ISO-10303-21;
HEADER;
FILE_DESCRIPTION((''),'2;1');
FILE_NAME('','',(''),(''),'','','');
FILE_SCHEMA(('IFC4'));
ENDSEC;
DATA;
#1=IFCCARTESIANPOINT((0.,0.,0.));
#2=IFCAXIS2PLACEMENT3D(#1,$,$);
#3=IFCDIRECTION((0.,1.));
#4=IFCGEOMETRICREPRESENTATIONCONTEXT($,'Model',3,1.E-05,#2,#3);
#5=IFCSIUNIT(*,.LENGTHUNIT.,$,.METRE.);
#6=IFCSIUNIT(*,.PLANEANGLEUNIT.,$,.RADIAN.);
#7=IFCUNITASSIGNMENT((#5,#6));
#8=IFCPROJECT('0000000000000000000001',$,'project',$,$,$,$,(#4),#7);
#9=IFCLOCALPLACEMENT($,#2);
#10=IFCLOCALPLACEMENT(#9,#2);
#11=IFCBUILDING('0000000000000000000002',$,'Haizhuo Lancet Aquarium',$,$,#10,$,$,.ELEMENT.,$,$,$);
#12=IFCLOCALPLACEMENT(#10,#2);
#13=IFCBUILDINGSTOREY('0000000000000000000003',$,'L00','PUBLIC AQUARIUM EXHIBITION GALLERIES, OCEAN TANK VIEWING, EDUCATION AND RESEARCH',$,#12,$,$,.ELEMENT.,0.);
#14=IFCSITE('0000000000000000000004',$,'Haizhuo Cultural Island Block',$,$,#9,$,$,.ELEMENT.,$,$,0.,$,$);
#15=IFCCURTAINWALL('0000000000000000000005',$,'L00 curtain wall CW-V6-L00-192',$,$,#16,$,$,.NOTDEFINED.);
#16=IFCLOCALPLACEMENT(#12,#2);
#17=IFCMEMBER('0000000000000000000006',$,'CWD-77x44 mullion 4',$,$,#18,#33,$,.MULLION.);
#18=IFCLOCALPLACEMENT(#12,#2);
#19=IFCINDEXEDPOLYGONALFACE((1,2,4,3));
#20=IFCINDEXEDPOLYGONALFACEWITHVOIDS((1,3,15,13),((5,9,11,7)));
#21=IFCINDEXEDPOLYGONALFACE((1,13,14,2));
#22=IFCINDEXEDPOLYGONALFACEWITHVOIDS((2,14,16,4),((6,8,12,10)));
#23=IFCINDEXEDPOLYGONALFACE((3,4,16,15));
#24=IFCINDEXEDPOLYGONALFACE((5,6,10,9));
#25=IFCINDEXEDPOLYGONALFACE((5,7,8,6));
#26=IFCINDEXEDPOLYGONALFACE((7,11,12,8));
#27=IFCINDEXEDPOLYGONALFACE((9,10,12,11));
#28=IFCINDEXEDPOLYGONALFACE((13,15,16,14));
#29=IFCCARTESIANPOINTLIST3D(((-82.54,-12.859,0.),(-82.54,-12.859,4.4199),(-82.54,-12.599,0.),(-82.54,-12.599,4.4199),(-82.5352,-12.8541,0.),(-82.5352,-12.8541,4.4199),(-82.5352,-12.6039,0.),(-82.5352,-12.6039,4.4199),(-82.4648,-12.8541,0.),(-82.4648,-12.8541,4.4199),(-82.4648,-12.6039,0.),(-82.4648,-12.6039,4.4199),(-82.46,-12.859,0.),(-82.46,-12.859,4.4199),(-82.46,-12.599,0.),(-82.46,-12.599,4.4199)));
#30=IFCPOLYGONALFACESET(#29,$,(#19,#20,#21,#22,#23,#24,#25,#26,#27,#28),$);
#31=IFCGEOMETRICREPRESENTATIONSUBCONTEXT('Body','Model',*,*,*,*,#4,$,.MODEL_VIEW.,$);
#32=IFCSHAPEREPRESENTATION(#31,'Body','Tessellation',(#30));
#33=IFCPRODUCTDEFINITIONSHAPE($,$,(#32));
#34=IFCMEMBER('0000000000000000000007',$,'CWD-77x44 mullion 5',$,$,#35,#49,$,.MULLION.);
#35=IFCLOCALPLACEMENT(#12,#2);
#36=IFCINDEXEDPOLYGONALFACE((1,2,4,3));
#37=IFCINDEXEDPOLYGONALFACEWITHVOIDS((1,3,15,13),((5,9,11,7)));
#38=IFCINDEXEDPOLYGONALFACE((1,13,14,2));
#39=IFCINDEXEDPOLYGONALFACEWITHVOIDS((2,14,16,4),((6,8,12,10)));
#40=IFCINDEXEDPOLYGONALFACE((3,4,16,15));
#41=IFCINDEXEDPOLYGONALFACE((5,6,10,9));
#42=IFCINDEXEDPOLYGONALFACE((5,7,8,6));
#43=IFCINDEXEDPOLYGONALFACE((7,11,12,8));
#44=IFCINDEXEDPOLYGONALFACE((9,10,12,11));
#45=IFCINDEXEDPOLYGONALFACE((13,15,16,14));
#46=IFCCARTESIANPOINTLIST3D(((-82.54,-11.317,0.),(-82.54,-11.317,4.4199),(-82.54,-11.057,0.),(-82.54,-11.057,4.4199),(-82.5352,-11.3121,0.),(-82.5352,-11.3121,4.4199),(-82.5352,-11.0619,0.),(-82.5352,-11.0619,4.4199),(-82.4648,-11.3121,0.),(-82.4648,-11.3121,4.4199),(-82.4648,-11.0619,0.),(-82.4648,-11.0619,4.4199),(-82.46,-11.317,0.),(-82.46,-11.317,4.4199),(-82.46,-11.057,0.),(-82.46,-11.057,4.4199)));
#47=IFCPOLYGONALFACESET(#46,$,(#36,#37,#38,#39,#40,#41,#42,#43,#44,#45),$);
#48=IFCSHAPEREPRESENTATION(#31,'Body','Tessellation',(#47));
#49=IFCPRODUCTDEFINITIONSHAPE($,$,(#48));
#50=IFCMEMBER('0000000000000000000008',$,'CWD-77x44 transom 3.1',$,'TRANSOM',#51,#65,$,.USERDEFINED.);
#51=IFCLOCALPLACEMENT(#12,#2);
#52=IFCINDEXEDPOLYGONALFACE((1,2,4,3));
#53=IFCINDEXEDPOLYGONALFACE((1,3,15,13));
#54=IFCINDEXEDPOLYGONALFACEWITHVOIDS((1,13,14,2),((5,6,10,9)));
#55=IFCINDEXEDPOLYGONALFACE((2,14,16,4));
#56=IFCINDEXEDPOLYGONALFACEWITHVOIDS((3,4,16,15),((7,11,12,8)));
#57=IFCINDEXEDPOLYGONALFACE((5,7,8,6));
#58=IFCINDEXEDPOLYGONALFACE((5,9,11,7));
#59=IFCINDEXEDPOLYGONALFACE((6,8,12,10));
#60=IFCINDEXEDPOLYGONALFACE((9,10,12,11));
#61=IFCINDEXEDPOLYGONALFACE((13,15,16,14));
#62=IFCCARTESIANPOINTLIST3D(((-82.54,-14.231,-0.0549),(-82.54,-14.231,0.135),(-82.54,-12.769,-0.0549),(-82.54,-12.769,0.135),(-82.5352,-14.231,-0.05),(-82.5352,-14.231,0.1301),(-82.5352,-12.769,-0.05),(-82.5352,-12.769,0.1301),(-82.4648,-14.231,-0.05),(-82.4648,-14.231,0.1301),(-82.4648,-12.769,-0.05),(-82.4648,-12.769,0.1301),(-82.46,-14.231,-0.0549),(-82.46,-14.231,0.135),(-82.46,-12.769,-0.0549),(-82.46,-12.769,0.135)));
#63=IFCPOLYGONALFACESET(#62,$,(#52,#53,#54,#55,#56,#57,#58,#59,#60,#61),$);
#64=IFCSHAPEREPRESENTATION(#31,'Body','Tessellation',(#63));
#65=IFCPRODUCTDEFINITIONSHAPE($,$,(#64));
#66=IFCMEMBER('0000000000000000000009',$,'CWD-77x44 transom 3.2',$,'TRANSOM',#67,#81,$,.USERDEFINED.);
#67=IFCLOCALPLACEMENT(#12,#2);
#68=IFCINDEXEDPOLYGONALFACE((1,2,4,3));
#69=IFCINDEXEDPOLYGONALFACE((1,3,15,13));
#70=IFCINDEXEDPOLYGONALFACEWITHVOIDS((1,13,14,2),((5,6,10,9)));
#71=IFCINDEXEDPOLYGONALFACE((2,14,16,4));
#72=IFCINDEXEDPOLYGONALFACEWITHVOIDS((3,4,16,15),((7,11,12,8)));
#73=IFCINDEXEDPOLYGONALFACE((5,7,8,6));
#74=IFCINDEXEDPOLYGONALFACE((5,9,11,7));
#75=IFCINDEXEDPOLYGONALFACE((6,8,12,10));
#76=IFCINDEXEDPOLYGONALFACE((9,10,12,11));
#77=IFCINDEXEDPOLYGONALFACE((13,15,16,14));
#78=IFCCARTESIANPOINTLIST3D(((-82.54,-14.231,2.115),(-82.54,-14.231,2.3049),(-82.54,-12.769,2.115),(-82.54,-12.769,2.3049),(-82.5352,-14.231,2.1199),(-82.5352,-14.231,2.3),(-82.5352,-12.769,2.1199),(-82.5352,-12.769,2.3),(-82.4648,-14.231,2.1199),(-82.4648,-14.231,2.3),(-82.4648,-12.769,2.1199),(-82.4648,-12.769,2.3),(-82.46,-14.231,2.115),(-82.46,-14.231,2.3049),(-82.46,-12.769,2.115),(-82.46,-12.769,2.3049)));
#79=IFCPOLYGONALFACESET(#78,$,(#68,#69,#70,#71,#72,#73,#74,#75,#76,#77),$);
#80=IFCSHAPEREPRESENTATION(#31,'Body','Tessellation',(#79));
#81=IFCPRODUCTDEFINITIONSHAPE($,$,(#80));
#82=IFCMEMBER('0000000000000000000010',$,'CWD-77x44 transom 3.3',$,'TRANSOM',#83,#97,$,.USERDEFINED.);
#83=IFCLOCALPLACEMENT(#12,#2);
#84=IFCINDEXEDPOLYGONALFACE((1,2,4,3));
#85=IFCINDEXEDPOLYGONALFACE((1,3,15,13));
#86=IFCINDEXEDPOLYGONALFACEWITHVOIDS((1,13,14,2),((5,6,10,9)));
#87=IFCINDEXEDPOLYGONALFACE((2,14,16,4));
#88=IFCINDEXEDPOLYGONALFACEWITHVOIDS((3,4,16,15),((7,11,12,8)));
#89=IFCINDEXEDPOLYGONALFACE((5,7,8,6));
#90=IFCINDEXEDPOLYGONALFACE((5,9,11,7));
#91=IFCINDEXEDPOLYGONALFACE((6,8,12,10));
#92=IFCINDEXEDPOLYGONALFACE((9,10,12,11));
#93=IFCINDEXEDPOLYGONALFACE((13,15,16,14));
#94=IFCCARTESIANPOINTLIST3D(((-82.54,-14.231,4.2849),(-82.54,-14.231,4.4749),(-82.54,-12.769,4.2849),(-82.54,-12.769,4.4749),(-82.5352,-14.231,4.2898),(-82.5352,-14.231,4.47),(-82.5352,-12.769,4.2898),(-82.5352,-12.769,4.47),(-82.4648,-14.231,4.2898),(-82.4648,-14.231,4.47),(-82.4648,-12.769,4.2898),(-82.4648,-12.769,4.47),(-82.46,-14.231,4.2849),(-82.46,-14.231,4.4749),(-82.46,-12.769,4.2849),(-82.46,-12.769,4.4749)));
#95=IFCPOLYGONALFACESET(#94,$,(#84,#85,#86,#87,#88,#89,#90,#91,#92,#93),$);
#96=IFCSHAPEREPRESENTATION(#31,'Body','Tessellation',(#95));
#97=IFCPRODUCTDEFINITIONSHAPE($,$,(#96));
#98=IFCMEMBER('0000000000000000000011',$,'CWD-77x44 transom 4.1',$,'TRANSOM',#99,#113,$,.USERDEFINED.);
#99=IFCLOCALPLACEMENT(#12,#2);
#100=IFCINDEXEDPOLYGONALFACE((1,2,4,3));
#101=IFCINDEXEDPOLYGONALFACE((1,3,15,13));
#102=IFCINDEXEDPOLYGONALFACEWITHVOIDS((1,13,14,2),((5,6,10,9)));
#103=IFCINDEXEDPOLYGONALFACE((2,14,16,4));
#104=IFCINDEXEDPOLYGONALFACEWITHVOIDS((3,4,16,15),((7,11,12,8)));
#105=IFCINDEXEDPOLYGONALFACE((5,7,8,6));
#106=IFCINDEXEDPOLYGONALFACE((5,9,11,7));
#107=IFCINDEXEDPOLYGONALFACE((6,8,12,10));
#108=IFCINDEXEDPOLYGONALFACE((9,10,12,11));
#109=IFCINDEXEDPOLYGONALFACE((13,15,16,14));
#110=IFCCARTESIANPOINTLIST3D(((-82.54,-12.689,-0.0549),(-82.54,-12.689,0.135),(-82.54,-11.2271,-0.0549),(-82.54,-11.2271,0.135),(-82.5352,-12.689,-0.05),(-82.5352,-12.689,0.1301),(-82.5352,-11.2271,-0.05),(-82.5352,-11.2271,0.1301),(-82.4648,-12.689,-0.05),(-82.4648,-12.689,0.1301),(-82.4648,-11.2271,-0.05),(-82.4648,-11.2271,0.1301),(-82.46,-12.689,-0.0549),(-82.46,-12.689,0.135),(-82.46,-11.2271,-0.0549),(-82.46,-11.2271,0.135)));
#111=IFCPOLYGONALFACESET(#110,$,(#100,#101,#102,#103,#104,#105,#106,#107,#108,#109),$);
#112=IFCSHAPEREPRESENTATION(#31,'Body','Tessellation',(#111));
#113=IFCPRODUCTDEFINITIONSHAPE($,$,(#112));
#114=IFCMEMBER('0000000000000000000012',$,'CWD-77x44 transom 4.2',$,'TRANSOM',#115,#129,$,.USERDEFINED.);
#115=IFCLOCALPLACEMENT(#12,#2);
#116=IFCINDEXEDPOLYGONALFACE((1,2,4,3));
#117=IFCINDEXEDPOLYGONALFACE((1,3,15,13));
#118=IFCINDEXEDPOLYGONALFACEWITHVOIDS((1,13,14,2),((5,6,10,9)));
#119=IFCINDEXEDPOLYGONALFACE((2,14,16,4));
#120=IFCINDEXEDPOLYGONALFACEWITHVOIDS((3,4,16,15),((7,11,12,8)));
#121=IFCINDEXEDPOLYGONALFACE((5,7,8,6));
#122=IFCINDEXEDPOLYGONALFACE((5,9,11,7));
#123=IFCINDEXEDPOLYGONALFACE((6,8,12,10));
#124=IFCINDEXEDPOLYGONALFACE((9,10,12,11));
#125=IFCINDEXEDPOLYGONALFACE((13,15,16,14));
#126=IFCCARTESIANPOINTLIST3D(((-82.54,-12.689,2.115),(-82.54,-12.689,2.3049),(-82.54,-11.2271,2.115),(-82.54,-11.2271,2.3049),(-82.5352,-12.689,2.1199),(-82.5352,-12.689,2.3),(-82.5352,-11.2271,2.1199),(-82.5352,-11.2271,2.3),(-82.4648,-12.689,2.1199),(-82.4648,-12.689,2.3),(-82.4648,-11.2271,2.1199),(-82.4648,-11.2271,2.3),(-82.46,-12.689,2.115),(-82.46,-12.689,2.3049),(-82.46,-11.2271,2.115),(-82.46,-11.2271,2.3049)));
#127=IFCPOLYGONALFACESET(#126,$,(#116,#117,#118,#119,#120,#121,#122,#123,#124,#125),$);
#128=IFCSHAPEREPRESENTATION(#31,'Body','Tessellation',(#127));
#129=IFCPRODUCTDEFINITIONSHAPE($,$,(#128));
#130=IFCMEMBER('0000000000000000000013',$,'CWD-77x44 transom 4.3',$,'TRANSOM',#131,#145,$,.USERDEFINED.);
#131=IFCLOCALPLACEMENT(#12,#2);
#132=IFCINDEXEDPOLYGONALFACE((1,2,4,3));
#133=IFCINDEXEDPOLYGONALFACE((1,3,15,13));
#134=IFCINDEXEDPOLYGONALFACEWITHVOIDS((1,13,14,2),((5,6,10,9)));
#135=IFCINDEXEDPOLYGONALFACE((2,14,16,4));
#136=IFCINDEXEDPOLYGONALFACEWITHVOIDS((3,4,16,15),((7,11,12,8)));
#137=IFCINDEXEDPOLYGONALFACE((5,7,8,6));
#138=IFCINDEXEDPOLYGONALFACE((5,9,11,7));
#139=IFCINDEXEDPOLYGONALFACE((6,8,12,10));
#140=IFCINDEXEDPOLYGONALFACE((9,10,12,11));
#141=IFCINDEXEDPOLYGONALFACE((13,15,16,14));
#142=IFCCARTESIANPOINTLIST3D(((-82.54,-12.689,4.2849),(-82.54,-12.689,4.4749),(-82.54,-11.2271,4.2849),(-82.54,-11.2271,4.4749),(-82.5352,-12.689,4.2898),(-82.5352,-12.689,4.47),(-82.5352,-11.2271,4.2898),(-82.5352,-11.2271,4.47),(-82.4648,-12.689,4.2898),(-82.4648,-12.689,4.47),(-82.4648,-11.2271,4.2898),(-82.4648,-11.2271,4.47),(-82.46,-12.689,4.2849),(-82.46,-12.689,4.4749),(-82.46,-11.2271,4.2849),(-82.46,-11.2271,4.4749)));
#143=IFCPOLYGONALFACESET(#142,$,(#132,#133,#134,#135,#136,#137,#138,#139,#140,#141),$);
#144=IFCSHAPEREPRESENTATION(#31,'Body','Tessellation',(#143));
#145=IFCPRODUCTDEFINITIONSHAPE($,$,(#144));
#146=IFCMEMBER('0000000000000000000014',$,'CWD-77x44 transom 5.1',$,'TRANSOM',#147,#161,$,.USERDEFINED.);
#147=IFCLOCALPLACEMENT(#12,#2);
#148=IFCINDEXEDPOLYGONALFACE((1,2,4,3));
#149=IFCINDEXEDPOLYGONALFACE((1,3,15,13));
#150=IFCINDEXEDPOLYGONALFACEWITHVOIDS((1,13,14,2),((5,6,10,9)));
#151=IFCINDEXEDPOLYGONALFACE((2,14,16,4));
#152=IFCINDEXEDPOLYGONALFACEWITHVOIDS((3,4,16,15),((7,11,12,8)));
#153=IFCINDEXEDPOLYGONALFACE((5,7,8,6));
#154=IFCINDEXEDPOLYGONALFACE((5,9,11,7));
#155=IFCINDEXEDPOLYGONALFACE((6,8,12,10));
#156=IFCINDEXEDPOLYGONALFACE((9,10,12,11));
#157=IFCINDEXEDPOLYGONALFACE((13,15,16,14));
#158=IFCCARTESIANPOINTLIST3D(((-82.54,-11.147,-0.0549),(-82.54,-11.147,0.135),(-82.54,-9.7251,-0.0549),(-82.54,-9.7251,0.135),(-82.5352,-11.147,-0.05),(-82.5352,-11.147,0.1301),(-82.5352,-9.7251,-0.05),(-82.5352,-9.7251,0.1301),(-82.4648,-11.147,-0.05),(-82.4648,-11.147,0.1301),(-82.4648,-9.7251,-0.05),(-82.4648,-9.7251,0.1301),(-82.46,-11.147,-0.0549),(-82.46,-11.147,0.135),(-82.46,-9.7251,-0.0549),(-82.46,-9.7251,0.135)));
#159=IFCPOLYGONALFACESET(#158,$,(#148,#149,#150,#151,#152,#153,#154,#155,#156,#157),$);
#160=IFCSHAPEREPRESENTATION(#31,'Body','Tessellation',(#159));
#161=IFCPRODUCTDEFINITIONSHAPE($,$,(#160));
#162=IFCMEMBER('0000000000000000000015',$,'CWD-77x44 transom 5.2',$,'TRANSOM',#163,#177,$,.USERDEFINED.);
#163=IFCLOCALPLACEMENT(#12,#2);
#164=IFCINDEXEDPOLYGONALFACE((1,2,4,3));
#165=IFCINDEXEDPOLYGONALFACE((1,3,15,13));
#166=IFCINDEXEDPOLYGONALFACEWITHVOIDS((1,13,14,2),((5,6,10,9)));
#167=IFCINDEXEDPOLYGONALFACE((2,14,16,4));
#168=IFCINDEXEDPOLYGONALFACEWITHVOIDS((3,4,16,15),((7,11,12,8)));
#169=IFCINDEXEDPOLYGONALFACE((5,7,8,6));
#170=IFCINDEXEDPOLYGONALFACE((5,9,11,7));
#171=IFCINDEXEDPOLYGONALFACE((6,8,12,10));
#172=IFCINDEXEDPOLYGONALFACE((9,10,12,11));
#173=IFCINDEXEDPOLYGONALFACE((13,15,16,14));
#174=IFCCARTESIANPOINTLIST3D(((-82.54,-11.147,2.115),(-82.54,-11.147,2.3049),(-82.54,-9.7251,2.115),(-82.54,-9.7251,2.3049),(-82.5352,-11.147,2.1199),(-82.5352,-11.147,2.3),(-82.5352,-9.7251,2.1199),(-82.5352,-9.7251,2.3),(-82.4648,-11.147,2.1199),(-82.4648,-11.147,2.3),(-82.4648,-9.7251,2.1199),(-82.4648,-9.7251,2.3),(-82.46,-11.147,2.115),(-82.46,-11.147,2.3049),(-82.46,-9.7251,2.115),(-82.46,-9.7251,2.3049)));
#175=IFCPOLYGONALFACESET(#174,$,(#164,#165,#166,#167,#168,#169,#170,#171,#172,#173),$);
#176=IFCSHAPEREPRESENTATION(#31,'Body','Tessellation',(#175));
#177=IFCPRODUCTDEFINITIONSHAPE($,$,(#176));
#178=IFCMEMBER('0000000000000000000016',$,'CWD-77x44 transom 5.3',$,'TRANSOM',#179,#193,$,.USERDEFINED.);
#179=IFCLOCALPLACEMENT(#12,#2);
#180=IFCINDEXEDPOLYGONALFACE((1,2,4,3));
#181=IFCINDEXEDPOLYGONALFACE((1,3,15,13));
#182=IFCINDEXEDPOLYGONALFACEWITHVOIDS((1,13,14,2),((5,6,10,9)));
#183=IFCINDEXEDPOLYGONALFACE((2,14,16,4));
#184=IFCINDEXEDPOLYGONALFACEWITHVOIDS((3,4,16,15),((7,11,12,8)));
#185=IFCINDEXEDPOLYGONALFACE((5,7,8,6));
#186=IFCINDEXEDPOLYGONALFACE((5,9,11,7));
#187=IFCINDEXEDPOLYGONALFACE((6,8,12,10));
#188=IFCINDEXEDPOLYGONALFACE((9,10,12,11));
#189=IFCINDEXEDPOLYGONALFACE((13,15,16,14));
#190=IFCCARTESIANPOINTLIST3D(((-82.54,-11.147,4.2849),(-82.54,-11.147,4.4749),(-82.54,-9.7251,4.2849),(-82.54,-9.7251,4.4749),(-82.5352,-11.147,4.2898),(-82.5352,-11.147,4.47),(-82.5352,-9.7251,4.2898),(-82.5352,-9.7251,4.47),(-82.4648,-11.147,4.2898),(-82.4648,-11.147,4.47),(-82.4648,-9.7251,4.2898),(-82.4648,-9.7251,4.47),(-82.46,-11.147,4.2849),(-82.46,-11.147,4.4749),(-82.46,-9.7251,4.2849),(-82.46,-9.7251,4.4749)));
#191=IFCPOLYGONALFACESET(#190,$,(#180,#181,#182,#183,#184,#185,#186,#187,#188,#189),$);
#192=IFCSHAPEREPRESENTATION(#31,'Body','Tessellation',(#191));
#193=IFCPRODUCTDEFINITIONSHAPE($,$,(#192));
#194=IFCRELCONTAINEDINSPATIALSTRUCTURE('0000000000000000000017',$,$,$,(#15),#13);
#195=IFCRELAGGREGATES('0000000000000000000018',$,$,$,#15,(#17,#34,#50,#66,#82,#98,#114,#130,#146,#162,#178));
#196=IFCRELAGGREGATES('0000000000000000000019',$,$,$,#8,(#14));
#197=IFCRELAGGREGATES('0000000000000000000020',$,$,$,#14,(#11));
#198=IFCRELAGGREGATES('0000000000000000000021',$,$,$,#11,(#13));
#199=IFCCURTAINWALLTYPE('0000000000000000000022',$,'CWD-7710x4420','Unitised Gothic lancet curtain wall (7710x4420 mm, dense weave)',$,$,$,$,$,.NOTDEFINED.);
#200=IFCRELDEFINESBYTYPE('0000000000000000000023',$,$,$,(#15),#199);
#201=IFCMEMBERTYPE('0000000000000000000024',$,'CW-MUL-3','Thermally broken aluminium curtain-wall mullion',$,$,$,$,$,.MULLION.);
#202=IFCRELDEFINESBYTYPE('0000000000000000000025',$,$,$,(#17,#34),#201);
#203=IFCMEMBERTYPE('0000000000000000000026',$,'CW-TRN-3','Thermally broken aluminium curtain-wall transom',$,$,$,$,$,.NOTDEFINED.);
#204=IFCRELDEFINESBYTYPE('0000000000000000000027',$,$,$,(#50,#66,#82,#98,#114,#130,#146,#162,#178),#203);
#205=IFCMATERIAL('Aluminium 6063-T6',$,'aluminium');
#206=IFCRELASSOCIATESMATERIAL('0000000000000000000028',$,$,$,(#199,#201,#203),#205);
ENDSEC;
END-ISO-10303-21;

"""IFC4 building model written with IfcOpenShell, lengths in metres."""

from ifc_helpers import new_model, si_unit, direction, frame, origin, origin_2d, place, context, subcontext, project, spatial, hollow_rectangle, extrude, material, material_profile, profile_set, type_object, element, aggregate, save


model = new_model("IFC4")

# Units and contexts
model_context = context("Model", 3, precision=1e-05, world=origin(), true_north=direction((0.0, 1.0)))
body_context = subcontext(model_context, "Body", "Model", "MODEL_VIEW")
ifc_project = project(units=[si_unit("LENGTHUNIT", "METRE"), si_unit("PLANEANGLEUNIT", "RADIAN")], contexts=[model_context])

# Site, building, storey
site_placement = place(None, origin())
site = spatial("IfcSite", under=ifc_project, at=site_placement, Name="Haizhuo Cultural Island Block", CompositionType="ELEMENT", RefElevation=0.0)
building_placement = place(site_placement, origin())
building = spatial("IfcBuilding", under=site, at=building_placement, Name="Haizhuo Lancet Aquarium", CompositionType="ELEMENT")
storey_placement = place(building_placement, origin())
storey = spatial("IfcBuildingStorey", under=building, at=storey_placement, Name="L00", Description="PUBLIC AQUARIUM EXHIBITION GALLERIES, OCEAN TANK VIEWING, EDUCATION AND RESEARCH", CompositionType="ELEMENT", Elevation=0.0)

# Curtain wall, members
ifc_material_1 = material(Name="Aluminium 6063-T6", Category="aluminium")
curtain_wall_type = type_object("IfcCurtainWallType", Name="CWD-7710x4420", Description="Unitised Gothic lancet curtain wall (7710x4420 mm, dense weave)", PredefinedType="NOTDEFINED", material=ifc_material_1)
curtain_wall_placement = place(storey_placement, origin())
curtain_wall = element("IfcCurtainWall", 1, at=curtain_wall_placement, inside=storey, type_object=curtain_wall_type, Name="L00 curtain wall CW-V6-L00-192", PredefinedType="NOTDEFINED")
ifc_material_profile_1 = material_profile(ifc_material_1, hollow_rectangle(XDim=0.0801, YDim=0.26, WallThickness=0.0049, at=origin_2d()), Name="ALU-M 80x260x5")
ifc_profile_set_1 = profile_set([ifc_material_profile_1], Name="Aluminium 6063-T6")
member_type_1 = type_object("IfcMemberType", Name="CW-MUL-3", Description="Thermally broken aluminium curtain-wall mullion", PredefinedType="MULLION", material=ifc_profile_set_1)
member_1_placement = place(storey_placement, frame((-82.5, -12.729, 0.0), z_axis=(0.0, 0.0, 1.0), x_axis=(-1.0, 0.0, 0.0)))
member_1 = element("IfcMember", 2, at=member_1_placement, type_object=member_type_1, Name="CWD-77x44 mullion 4", PredefinedType="MULLION", context=body_context, shape_type="SweptSolid", body=[
    extrude(hollow_rectangle(XDim=0.0801, YDim=0.26, WallThickness=0.0049, at=origin_2d()), origin(), (0.0, 0.0, 1.0), 4.4199),
])
member_2_placement = place(storey_placement, frame((-82.5, -11.187, 0.0), z_axis=(0.0, 0.0, 1.0), x_axis=(-1.0, 0.0, 0.0)))
member_2 = element("IfcMember", 3, at=member_2_placement, type_object=member_type_1, Name="CWD-77x44 mullion 5", PredefinedType="MULLION", context=body_context, shape_type="SweptSolid", body=[
    extrude(hollow_rectangle(XDim=0.0801, YDim=0.26, WallThickness=0.0049, at=origin_2d()), origin(), (0.0, 0.0, 1.0), 4.4199),
])
ifc_material_profile_2 = material_profile(ifc_material_1, hollow_rectangle(XDim=0.0801, YDim=0.1899, WallThickness=0.0049, at=origin_2d()), Name="ALU-T 80x190x5")
ifc_profile_set_2 = profile_set([ifc_material_profile_2], Name="Aluminium 6063-T6")
member_type_2 = type_object("IfcMemberType", Name="CW-TRN-3", Description="Thermally broken aluminium curtain-wall transom", PredefinedType="NOTDEFINED", material=ifc_profile_set_2)
member_3_placement = place(storey_placement, frame((-82.5, -14.231, 0.04), z_axis=(0.0, 1.0, 0.0), x_axis=(-1.0, 0.0, 0.0)))
member_3 = element("IfcMember", 4, at=member_3_placement, type_object=member_type_2, Name="CWD-77x44 transom 3.1", ObjectType="TRANSOM", PredefinedType="USERDEFINED", context=body_context, shape_type="SweptSolid", body=[
    extrude(hollow_rectangle(XDim=0.0801, YDim=0.1899, WallThickness=0.0049, at=origin_2d()), origin(), (0.0, 0.0, 1.0), 1.4619),
])
member_4_placement = place(storey_placement, frame((-82.5, -14.231, 2.21), z_axis=(0.0, 1.0, 0.0), x_axis=(-1.0, 0.0, 0.0)))
member_4 = element("IfcMember", 5, at=member_4_placement, type_object=member_type_2, Name="CWD-77x44 transom 3.2", ObjectType="TRANSOM", PredefinedType="USERDEFINED", context=body_context, shape_type="SweptSolid", body=[
    extrude(hollow_rectangle(XDim=0.0801, YDim=0.1899, WallThickness=0.0049, at=origin_2d()), origin(), (0.0, 0.0, 1.0), 1.4619),
])
member_5_placement = place(storey_placement, frame((-82.5, -14.231, 4.3799), z_axis=(0.0, 1.0, 0.0), x_axis=(-1.0, 0.0, 0.0)))
member_5 = element("IfcMember", 6, at=member_5_placement, type_object=member_type_2, Name="CWD-77x44 transom 3.3", ObjectType="TRANSOM", PredefinedType="USERDEFINED", context=body_context, shape_type="SweptSolid", body=[
    extrude(hollow_rectangle(XDim=0.0801, YDim=0.1899, WallThickness=0.0049, at=origin_2d()), origin(), (0.0, 0.0, 1.0), 1.4619),
])
member_6_placement = place(storey_placement, frame((-82.5, -12.689, 0.04), z_axis=(0.0, 1.0, 0.0), x_axis=(-1.0, 0.0, 0.0)))
member_6 = element("IfcMember", 7, at=member_6_placement, type_object=member_type_2, Name="CWD-77x44 transom 4.1", ObjectType="TRANSOM", PredefinedType="USERDEFINED", context=body_context, shape_type="SweptSolid", body=[
    extrude(hollow_rectangle(XDim=0.0801, YDim=0.1899, WallThickness=0.0049, at=origin_2d()), origin(), (0.0, 0.0, 1.0), 1.4619),
])
member_7_placement = place(storey_placement, frame((-82.5, -12.689, 2.21), z_axis=(0.0, 1.0, 0.0), x_axis=(-1.0, 0.0, 0.0)))
member_7 = element("IfcMember", 8, at=member_7_placement, type_object=member_type_2, Name="CWD-77x44 transom 4.2", ObjectType="TRANSOM", PredefinedType="USERDEFINED", context=body_context, shape_type="SweptSolid", body=[
    extrude(hollow_rectangle(XDim=0.0801, YDim=0.1899, WallThickness=0.0049, at=origin_2d()), origin(), (0.0, 0.0, 1.0), 1.4619),
])
member_8_placement = place(storey_placement, frame((-82.5, -12.689, 4.3799), z_axis=(0.0, 1.0, 0.0), x_axis=(-1.0, 0.0, 0.0)))
member_8 = element("IfcMember", 9, at=member_8_placement, type_object=member_type_2, Name="CWD-77x44 transom 4.3", ObjectType="TRANSOM", PredefinedType="USERDEFINED", context=body_context, shape_type="SweptSolid", body=[
    extrude(hollow_rectangle(XDim=0.0801, YDim=0.1899, WallThickness=0.0049, at=origin_2d()), origin(), (0.0, 0.0, 1.0), 1.4619),
])
member_9_placement = place(storey_placement, frame((-82.5, -11.147, 0.04), z_axis=(0.0, 1.0, 0.0), x_axis=(-1.0, 0.0, 0.0)))
member_9 = element("IfcMember", 10, at=member_9_placement, type_object=member_type_2, Name="CWD-77x44 transom 5.1", ObjectType="TRANSOM", PredefinedType="USERDEFINED", context=body_context, shape_type="SweptSolid", body=[
    extrude(hollow_rectangle(XDim=0.0801, YDim=0.1899, WallThickness=0.0049, at=origin_2d()), origin(), (0.0, 0.0, 1.0), 1.4219),
])
member_10_placement = place(storey_placement, frame((-82.5, -11.147, 2.21), z_axis=(0.0, 1.0, 0.0), x_axis=(-1.0, 0.0, 0.0)))
member_10 = element("IfcMember", 11, at=member_10_placement, type_object=member_type_2, Name="CWD-77x44 transom 5.2", ObjectType="TRANSOM", PredefinedType="USERDEFINED", context=body_context, shape_type="SweptSolid", body=[
    extrude(hollow_rectangle(XDim=0.0801, YDim=0.1899, WallThickness=0.0049, at=origin_2d()), origin(), (0.0, 0.0, 1.0), 1.4219),
])
member_11_placement = place(storey_placement, frame((-82.5, -11.147, 4.3799), z_axis=(0.0, 1.0, 0.0), x_axis=(-1.0, 0.0, 0.0)))
member_11 = element("IfcMember", 12, at=member_11_placement, type_object=member_type_2, Name="CWD-77x44 transom 5.3", ObjectType="TRANSOM", PredefinedType="USERDEFINED", context=body_context, shape_type="SweptSolid", body=[
    extrude(hollow_rectangle(XDim=0.0801, YDim=0.1899, WallThickness=0.0049, at=origin_2d()), origin(), (0.0, 0.0, 1.0), 1.4219),
])

aggregate(curtain_wall, [member_1, member_2, member_3, member_4, member_5, member_6, member_7, member_8, member_9, member_10, member_11])

save(model, "model.ifc")
